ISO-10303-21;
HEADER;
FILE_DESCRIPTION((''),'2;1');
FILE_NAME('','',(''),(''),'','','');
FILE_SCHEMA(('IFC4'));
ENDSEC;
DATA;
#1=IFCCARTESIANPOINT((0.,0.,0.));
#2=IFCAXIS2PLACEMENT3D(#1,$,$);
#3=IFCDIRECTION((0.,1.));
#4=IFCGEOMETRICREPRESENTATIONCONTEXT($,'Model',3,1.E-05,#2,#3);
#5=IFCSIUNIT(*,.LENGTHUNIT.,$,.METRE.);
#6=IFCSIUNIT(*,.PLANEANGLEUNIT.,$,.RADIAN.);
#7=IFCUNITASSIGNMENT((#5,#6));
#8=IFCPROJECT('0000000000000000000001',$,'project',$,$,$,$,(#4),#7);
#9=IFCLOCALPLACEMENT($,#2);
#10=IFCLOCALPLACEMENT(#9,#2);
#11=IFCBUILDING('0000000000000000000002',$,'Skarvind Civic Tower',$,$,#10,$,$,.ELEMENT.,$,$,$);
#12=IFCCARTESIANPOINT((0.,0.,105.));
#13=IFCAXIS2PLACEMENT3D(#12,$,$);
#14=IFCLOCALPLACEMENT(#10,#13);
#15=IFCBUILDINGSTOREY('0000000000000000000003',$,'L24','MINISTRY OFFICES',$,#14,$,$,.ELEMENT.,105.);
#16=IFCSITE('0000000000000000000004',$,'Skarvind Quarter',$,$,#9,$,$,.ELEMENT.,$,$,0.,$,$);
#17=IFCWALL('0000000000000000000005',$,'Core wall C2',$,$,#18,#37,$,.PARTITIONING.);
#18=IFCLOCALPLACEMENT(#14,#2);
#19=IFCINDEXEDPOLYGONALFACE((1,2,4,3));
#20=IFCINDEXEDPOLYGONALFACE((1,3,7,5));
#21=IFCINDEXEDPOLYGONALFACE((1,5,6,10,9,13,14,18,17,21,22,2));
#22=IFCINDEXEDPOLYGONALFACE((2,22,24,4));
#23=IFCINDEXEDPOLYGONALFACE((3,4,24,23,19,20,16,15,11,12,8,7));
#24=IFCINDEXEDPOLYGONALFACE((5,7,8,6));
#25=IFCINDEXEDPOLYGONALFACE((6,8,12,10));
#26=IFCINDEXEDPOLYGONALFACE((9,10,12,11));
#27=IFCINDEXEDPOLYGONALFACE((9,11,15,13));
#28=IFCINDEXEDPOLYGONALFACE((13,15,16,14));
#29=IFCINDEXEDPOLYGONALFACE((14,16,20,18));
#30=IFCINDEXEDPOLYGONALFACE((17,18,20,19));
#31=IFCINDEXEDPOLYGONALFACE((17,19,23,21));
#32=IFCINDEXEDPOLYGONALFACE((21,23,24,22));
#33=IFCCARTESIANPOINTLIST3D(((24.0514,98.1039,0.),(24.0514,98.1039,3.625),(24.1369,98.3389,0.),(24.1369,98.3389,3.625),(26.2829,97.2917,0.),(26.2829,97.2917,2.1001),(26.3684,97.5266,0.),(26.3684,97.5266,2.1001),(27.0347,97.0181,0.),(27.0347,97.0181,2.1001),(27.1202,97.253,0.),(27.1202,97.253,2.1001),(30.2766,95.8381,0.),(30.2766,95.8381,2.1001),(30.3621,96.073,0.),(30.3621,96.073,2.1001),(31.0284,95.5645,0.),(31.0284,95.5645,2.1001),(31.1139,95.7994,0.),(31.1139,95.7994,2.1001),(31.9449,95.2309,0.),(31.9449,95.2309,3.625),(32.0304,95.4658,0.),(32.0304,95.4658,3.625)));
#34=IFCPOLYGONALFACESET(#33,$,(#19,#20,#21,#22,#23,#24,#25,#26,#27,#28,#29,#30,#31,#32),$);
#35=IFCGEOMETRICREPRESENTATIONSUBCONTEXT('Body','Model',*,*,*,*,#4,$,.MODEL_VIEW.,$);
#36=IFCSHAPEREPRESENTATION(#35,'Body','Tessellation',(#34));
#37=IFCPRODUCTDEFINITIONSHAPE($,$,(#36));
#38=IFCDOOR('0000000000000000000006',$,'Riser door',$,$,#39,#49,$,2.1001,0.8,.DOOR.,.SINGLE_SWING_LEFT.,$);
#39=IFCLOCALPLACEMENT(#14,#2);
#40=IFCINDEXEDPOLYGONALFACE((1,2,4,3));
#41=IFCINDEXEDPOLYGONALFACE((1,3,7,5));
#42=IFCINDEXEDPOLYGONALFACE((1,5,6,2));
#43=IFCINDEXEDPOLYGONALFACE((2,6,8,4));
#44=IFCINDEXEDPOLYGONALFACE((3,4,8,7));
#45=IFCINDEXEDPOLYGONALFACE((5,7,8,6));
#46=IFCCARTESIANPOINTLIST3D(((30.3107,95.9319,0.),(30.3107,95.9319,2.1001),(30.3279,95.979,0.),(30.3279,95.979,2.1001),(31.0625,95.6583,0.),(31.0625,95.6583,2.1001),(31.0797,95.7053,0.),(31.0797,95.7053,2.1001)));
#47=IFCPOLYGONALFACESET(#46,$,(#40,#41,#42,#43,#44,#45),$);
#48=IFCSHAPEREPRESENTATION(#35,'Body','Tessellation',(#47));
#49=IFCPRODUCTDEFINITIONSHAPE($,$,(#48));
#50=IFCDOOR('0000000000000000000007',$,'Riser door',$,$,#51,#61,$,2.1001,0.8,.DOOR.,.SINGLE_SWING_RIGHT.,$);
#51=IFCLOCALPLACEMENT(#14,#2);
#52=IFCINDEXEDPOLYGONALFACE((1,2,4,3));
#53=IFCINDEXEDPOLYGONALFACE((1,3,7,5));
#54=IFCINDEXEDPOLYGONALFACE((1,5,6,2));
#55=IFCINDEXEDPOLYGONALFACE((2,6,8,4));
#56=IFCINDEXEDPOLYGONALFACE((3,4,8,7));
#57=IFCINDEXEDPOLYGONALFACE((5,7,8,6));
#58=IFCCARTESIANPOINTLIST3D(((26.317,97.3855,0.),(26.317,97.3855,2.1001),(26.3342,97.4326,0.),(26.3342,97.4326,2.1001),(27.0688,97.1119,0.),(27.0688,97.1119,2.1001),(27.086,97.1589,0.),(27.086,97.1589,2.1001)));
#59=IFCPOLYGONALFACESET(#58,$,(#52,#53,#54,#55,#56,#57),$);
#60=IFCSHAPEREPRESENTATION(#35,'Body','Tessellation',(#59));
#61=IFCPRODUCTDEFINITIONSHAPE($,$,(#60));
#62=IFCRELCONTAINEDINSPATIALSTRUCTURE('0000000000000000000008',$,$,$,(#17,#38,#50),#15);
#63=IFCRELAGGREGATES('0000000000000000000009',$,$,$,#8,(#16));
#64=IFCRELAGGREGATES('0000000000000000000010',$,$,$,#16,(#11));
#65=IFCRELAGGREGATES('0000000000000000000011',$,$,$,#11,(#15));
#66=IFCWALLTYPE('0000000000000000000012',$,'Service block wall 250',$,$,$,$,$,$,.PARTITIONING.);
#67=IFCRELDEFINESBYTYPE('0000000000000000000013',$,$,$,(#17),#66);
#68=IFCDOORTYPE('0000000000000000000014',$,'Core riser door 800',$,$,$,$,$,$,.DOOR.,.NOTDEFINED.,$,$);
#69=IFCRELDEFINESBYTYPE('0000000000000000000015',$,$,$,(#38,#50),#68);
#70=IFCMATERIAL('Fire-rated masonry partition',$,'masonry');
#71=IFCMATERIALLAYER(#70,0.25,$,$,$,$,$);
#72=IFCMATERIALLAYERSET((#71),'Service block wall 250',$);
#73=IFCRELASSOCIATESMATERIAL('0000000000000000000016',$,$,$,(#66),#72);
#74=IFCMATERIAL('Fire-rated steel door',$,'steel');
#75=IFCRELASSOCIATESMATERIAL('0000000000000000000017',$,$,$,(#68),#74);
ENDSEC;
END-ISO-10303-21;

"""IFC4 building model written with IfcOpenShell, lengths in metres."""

from ifc_helpers import new_model, si_unit, direction, frame, frame_2d, origin, place, context, subcontext, project, spatial, rectangle, extrude, material, layer, layer_set, type_object, element, fill, save


model = new_model("IFC4")

# Units and contexts
model_context = context("Model", 3, precision=1e-05, world=origin(), true_north=direction((0.0, 1.0)))
body_context = subcontext(model_context, "Body", "Model", "MODEL_VIEW")
ifc_project = project(units=[si_unit("LENGTHUNIT", "METRE"), si_unit("PLANEANGLEUNIT", "RADIAN")], contexts=[model_context])

# Site, building, storey
site_placement = place(None, origin())
site = spatial("IfcSite", under=ifc_project, at=site_placement, Name="Skarvind Quarter", CompositionType="ELEMENT", RefElevation=0.0)
building_placement = place(site_placement, origin())
building = spatial("IfcBuilding", under=site, at=building_placement, Name="Skarvind Civic Tower", CompositionType="ELEMENT")
storey_placement = place(building_placement, frame((0.0, 0.0, 105.0)))
storey = spatial("IfcBuildingStorey", under=building, at=storey_placement, Name="L24", Description="MINISTRY OFFICES", CompositionType="ELEMENT", Elevation=105.0)

# Shared definitions
ifc_material_1 = material(Name="Fire-rated masonry partition", Category="masonry")
ifc_material_2 = material(Name="Fire-rated steel door", Category="steel")

# Wall, openings, doors
ifc_layer_1 = layer(ifc_material_1, 0.25)
ifc_layer_set_1 = layer_set([ifc_layer_1], Name="Service block wall 250")
wall_type_1 = type_object("IfcWallType", Name="Service block wall 250", PredefinedType="PARTITIONING", material=ifc_layer_set_1)
wall_1_placement = place(storey_placement, frame((24.094, 98.2214, 0.0), z_axis=(0.0, 0.0, 1.0), x_axis=(0.939692, -0.342023, 0.0)))
wall_1 = element("IfcWall", 1, at=wall_1_placement, inside=storey, type_object=wall_type_1, Name="Core wall C2", PredefinedType="PARTITIONING", context=body_context, shape_type="SweptSolid", body=[
    extrude(rectangle(XDim=8.4001, YDim=0.25, at=frame_2d((4.2002, 0.0))), origin(), (0.0, 0.0, 1.0), 3.625),
])
opening_1_placement = place(wall_1_placement, frame((6.625, 0.0, 0.0)))
opening_1 = element("IfcOpeningElement", 2, at=opening_1_placement, cuts=wall_1, PredefinedType="OPENING", context=body_context, shape_type="SweptSolid", body=[
    extrude(rectangle(XDim=0.8, YDim=2.1001, at=frame_2d((0.3999, 1.05))), frame((0.0, 0.135, 0.0), z_axis=(0.0, -1.0, 0.0), x_axis=(1.0, 0.0, 0.0)), (0.0, 0.0, 1.0), 0.27),
])
opening_2_placement = place(wall_1_placement, frame((2.375, 0.0, 0.0)))
opening_2 = element("IfcOpeningElement", 3, at=opening_2_placement, cuts=wall_1, PredefinedType="OPENING", context=body_context, shape_type="SweptSolid", body=[
    extrude(rectangle(XDim=0.8, YDim=2.1001, at=frame_2d((0.3999, 1.05))), frame((0.0, 0.135, 0.0), z_axis=(0.0, -1.0, 0.0), x_axis=(1.0, 0.0, 0.0)), (0.0, 0.0, 1.0), 0.27),
])
door_type_1 = type_object("IfcDoorType", Name="Core riser door 800", OperationType="NOTDEFINED", PredefinedType="DOOR", material=ifc_material_2)
door_1_placement = place(opening_1_placement, origin())
door_1 = element("IfcDoor", 4, at=door_1_placement, inside=storey, type_object=door_type_1, Name="Riser door", OperationType="SINGLE_SWING_LEFT", OverallHeight=2.1001, OverallWidth=0.8, PredefinedType="DOOR", context=body_context, shape_type="SweptSolid", body=[
    extrude(rectangle(XDim=0.8, YDim=2.1001, at=frame_2d((0.3999, 1.05))), frame((0.0, 0.0249, 0.0), z_axis=(0.0, -1.0, 0.0), x_axis=(1.0, 0.0, 0.0)), (0.0, 0.0, 1.0), 0.05),
])
fill(opening_1, door_1)
door_2_placement = place(opening_2_placement, origin())
door_2 = element("IfcDoor", 5, at=door_2_placement, inside=storey, type_object=door_type_1, Name="Riser door", OperationType="SINGLE_SWING_RIGHT", OverallHeight=2.1001, OverallWidth=0.8, PredefinedType="DOOR", context=body_context, shape_type="SweptSolid", body=[
    extrude(rectangle(XDim=0.8, YDim=2.1001, at=frame_2d((0.3999, 1.05))), frame((0.0, 0.0249, 0.0), z_axis=(0.0, -1.0, 0.0), x_axis=(1.0, 0.0, 0.0)), (0.0, 0.0, 1.0), 0.05),
])
fill(opening_2, door_2)

save(model, "model.ifc")
